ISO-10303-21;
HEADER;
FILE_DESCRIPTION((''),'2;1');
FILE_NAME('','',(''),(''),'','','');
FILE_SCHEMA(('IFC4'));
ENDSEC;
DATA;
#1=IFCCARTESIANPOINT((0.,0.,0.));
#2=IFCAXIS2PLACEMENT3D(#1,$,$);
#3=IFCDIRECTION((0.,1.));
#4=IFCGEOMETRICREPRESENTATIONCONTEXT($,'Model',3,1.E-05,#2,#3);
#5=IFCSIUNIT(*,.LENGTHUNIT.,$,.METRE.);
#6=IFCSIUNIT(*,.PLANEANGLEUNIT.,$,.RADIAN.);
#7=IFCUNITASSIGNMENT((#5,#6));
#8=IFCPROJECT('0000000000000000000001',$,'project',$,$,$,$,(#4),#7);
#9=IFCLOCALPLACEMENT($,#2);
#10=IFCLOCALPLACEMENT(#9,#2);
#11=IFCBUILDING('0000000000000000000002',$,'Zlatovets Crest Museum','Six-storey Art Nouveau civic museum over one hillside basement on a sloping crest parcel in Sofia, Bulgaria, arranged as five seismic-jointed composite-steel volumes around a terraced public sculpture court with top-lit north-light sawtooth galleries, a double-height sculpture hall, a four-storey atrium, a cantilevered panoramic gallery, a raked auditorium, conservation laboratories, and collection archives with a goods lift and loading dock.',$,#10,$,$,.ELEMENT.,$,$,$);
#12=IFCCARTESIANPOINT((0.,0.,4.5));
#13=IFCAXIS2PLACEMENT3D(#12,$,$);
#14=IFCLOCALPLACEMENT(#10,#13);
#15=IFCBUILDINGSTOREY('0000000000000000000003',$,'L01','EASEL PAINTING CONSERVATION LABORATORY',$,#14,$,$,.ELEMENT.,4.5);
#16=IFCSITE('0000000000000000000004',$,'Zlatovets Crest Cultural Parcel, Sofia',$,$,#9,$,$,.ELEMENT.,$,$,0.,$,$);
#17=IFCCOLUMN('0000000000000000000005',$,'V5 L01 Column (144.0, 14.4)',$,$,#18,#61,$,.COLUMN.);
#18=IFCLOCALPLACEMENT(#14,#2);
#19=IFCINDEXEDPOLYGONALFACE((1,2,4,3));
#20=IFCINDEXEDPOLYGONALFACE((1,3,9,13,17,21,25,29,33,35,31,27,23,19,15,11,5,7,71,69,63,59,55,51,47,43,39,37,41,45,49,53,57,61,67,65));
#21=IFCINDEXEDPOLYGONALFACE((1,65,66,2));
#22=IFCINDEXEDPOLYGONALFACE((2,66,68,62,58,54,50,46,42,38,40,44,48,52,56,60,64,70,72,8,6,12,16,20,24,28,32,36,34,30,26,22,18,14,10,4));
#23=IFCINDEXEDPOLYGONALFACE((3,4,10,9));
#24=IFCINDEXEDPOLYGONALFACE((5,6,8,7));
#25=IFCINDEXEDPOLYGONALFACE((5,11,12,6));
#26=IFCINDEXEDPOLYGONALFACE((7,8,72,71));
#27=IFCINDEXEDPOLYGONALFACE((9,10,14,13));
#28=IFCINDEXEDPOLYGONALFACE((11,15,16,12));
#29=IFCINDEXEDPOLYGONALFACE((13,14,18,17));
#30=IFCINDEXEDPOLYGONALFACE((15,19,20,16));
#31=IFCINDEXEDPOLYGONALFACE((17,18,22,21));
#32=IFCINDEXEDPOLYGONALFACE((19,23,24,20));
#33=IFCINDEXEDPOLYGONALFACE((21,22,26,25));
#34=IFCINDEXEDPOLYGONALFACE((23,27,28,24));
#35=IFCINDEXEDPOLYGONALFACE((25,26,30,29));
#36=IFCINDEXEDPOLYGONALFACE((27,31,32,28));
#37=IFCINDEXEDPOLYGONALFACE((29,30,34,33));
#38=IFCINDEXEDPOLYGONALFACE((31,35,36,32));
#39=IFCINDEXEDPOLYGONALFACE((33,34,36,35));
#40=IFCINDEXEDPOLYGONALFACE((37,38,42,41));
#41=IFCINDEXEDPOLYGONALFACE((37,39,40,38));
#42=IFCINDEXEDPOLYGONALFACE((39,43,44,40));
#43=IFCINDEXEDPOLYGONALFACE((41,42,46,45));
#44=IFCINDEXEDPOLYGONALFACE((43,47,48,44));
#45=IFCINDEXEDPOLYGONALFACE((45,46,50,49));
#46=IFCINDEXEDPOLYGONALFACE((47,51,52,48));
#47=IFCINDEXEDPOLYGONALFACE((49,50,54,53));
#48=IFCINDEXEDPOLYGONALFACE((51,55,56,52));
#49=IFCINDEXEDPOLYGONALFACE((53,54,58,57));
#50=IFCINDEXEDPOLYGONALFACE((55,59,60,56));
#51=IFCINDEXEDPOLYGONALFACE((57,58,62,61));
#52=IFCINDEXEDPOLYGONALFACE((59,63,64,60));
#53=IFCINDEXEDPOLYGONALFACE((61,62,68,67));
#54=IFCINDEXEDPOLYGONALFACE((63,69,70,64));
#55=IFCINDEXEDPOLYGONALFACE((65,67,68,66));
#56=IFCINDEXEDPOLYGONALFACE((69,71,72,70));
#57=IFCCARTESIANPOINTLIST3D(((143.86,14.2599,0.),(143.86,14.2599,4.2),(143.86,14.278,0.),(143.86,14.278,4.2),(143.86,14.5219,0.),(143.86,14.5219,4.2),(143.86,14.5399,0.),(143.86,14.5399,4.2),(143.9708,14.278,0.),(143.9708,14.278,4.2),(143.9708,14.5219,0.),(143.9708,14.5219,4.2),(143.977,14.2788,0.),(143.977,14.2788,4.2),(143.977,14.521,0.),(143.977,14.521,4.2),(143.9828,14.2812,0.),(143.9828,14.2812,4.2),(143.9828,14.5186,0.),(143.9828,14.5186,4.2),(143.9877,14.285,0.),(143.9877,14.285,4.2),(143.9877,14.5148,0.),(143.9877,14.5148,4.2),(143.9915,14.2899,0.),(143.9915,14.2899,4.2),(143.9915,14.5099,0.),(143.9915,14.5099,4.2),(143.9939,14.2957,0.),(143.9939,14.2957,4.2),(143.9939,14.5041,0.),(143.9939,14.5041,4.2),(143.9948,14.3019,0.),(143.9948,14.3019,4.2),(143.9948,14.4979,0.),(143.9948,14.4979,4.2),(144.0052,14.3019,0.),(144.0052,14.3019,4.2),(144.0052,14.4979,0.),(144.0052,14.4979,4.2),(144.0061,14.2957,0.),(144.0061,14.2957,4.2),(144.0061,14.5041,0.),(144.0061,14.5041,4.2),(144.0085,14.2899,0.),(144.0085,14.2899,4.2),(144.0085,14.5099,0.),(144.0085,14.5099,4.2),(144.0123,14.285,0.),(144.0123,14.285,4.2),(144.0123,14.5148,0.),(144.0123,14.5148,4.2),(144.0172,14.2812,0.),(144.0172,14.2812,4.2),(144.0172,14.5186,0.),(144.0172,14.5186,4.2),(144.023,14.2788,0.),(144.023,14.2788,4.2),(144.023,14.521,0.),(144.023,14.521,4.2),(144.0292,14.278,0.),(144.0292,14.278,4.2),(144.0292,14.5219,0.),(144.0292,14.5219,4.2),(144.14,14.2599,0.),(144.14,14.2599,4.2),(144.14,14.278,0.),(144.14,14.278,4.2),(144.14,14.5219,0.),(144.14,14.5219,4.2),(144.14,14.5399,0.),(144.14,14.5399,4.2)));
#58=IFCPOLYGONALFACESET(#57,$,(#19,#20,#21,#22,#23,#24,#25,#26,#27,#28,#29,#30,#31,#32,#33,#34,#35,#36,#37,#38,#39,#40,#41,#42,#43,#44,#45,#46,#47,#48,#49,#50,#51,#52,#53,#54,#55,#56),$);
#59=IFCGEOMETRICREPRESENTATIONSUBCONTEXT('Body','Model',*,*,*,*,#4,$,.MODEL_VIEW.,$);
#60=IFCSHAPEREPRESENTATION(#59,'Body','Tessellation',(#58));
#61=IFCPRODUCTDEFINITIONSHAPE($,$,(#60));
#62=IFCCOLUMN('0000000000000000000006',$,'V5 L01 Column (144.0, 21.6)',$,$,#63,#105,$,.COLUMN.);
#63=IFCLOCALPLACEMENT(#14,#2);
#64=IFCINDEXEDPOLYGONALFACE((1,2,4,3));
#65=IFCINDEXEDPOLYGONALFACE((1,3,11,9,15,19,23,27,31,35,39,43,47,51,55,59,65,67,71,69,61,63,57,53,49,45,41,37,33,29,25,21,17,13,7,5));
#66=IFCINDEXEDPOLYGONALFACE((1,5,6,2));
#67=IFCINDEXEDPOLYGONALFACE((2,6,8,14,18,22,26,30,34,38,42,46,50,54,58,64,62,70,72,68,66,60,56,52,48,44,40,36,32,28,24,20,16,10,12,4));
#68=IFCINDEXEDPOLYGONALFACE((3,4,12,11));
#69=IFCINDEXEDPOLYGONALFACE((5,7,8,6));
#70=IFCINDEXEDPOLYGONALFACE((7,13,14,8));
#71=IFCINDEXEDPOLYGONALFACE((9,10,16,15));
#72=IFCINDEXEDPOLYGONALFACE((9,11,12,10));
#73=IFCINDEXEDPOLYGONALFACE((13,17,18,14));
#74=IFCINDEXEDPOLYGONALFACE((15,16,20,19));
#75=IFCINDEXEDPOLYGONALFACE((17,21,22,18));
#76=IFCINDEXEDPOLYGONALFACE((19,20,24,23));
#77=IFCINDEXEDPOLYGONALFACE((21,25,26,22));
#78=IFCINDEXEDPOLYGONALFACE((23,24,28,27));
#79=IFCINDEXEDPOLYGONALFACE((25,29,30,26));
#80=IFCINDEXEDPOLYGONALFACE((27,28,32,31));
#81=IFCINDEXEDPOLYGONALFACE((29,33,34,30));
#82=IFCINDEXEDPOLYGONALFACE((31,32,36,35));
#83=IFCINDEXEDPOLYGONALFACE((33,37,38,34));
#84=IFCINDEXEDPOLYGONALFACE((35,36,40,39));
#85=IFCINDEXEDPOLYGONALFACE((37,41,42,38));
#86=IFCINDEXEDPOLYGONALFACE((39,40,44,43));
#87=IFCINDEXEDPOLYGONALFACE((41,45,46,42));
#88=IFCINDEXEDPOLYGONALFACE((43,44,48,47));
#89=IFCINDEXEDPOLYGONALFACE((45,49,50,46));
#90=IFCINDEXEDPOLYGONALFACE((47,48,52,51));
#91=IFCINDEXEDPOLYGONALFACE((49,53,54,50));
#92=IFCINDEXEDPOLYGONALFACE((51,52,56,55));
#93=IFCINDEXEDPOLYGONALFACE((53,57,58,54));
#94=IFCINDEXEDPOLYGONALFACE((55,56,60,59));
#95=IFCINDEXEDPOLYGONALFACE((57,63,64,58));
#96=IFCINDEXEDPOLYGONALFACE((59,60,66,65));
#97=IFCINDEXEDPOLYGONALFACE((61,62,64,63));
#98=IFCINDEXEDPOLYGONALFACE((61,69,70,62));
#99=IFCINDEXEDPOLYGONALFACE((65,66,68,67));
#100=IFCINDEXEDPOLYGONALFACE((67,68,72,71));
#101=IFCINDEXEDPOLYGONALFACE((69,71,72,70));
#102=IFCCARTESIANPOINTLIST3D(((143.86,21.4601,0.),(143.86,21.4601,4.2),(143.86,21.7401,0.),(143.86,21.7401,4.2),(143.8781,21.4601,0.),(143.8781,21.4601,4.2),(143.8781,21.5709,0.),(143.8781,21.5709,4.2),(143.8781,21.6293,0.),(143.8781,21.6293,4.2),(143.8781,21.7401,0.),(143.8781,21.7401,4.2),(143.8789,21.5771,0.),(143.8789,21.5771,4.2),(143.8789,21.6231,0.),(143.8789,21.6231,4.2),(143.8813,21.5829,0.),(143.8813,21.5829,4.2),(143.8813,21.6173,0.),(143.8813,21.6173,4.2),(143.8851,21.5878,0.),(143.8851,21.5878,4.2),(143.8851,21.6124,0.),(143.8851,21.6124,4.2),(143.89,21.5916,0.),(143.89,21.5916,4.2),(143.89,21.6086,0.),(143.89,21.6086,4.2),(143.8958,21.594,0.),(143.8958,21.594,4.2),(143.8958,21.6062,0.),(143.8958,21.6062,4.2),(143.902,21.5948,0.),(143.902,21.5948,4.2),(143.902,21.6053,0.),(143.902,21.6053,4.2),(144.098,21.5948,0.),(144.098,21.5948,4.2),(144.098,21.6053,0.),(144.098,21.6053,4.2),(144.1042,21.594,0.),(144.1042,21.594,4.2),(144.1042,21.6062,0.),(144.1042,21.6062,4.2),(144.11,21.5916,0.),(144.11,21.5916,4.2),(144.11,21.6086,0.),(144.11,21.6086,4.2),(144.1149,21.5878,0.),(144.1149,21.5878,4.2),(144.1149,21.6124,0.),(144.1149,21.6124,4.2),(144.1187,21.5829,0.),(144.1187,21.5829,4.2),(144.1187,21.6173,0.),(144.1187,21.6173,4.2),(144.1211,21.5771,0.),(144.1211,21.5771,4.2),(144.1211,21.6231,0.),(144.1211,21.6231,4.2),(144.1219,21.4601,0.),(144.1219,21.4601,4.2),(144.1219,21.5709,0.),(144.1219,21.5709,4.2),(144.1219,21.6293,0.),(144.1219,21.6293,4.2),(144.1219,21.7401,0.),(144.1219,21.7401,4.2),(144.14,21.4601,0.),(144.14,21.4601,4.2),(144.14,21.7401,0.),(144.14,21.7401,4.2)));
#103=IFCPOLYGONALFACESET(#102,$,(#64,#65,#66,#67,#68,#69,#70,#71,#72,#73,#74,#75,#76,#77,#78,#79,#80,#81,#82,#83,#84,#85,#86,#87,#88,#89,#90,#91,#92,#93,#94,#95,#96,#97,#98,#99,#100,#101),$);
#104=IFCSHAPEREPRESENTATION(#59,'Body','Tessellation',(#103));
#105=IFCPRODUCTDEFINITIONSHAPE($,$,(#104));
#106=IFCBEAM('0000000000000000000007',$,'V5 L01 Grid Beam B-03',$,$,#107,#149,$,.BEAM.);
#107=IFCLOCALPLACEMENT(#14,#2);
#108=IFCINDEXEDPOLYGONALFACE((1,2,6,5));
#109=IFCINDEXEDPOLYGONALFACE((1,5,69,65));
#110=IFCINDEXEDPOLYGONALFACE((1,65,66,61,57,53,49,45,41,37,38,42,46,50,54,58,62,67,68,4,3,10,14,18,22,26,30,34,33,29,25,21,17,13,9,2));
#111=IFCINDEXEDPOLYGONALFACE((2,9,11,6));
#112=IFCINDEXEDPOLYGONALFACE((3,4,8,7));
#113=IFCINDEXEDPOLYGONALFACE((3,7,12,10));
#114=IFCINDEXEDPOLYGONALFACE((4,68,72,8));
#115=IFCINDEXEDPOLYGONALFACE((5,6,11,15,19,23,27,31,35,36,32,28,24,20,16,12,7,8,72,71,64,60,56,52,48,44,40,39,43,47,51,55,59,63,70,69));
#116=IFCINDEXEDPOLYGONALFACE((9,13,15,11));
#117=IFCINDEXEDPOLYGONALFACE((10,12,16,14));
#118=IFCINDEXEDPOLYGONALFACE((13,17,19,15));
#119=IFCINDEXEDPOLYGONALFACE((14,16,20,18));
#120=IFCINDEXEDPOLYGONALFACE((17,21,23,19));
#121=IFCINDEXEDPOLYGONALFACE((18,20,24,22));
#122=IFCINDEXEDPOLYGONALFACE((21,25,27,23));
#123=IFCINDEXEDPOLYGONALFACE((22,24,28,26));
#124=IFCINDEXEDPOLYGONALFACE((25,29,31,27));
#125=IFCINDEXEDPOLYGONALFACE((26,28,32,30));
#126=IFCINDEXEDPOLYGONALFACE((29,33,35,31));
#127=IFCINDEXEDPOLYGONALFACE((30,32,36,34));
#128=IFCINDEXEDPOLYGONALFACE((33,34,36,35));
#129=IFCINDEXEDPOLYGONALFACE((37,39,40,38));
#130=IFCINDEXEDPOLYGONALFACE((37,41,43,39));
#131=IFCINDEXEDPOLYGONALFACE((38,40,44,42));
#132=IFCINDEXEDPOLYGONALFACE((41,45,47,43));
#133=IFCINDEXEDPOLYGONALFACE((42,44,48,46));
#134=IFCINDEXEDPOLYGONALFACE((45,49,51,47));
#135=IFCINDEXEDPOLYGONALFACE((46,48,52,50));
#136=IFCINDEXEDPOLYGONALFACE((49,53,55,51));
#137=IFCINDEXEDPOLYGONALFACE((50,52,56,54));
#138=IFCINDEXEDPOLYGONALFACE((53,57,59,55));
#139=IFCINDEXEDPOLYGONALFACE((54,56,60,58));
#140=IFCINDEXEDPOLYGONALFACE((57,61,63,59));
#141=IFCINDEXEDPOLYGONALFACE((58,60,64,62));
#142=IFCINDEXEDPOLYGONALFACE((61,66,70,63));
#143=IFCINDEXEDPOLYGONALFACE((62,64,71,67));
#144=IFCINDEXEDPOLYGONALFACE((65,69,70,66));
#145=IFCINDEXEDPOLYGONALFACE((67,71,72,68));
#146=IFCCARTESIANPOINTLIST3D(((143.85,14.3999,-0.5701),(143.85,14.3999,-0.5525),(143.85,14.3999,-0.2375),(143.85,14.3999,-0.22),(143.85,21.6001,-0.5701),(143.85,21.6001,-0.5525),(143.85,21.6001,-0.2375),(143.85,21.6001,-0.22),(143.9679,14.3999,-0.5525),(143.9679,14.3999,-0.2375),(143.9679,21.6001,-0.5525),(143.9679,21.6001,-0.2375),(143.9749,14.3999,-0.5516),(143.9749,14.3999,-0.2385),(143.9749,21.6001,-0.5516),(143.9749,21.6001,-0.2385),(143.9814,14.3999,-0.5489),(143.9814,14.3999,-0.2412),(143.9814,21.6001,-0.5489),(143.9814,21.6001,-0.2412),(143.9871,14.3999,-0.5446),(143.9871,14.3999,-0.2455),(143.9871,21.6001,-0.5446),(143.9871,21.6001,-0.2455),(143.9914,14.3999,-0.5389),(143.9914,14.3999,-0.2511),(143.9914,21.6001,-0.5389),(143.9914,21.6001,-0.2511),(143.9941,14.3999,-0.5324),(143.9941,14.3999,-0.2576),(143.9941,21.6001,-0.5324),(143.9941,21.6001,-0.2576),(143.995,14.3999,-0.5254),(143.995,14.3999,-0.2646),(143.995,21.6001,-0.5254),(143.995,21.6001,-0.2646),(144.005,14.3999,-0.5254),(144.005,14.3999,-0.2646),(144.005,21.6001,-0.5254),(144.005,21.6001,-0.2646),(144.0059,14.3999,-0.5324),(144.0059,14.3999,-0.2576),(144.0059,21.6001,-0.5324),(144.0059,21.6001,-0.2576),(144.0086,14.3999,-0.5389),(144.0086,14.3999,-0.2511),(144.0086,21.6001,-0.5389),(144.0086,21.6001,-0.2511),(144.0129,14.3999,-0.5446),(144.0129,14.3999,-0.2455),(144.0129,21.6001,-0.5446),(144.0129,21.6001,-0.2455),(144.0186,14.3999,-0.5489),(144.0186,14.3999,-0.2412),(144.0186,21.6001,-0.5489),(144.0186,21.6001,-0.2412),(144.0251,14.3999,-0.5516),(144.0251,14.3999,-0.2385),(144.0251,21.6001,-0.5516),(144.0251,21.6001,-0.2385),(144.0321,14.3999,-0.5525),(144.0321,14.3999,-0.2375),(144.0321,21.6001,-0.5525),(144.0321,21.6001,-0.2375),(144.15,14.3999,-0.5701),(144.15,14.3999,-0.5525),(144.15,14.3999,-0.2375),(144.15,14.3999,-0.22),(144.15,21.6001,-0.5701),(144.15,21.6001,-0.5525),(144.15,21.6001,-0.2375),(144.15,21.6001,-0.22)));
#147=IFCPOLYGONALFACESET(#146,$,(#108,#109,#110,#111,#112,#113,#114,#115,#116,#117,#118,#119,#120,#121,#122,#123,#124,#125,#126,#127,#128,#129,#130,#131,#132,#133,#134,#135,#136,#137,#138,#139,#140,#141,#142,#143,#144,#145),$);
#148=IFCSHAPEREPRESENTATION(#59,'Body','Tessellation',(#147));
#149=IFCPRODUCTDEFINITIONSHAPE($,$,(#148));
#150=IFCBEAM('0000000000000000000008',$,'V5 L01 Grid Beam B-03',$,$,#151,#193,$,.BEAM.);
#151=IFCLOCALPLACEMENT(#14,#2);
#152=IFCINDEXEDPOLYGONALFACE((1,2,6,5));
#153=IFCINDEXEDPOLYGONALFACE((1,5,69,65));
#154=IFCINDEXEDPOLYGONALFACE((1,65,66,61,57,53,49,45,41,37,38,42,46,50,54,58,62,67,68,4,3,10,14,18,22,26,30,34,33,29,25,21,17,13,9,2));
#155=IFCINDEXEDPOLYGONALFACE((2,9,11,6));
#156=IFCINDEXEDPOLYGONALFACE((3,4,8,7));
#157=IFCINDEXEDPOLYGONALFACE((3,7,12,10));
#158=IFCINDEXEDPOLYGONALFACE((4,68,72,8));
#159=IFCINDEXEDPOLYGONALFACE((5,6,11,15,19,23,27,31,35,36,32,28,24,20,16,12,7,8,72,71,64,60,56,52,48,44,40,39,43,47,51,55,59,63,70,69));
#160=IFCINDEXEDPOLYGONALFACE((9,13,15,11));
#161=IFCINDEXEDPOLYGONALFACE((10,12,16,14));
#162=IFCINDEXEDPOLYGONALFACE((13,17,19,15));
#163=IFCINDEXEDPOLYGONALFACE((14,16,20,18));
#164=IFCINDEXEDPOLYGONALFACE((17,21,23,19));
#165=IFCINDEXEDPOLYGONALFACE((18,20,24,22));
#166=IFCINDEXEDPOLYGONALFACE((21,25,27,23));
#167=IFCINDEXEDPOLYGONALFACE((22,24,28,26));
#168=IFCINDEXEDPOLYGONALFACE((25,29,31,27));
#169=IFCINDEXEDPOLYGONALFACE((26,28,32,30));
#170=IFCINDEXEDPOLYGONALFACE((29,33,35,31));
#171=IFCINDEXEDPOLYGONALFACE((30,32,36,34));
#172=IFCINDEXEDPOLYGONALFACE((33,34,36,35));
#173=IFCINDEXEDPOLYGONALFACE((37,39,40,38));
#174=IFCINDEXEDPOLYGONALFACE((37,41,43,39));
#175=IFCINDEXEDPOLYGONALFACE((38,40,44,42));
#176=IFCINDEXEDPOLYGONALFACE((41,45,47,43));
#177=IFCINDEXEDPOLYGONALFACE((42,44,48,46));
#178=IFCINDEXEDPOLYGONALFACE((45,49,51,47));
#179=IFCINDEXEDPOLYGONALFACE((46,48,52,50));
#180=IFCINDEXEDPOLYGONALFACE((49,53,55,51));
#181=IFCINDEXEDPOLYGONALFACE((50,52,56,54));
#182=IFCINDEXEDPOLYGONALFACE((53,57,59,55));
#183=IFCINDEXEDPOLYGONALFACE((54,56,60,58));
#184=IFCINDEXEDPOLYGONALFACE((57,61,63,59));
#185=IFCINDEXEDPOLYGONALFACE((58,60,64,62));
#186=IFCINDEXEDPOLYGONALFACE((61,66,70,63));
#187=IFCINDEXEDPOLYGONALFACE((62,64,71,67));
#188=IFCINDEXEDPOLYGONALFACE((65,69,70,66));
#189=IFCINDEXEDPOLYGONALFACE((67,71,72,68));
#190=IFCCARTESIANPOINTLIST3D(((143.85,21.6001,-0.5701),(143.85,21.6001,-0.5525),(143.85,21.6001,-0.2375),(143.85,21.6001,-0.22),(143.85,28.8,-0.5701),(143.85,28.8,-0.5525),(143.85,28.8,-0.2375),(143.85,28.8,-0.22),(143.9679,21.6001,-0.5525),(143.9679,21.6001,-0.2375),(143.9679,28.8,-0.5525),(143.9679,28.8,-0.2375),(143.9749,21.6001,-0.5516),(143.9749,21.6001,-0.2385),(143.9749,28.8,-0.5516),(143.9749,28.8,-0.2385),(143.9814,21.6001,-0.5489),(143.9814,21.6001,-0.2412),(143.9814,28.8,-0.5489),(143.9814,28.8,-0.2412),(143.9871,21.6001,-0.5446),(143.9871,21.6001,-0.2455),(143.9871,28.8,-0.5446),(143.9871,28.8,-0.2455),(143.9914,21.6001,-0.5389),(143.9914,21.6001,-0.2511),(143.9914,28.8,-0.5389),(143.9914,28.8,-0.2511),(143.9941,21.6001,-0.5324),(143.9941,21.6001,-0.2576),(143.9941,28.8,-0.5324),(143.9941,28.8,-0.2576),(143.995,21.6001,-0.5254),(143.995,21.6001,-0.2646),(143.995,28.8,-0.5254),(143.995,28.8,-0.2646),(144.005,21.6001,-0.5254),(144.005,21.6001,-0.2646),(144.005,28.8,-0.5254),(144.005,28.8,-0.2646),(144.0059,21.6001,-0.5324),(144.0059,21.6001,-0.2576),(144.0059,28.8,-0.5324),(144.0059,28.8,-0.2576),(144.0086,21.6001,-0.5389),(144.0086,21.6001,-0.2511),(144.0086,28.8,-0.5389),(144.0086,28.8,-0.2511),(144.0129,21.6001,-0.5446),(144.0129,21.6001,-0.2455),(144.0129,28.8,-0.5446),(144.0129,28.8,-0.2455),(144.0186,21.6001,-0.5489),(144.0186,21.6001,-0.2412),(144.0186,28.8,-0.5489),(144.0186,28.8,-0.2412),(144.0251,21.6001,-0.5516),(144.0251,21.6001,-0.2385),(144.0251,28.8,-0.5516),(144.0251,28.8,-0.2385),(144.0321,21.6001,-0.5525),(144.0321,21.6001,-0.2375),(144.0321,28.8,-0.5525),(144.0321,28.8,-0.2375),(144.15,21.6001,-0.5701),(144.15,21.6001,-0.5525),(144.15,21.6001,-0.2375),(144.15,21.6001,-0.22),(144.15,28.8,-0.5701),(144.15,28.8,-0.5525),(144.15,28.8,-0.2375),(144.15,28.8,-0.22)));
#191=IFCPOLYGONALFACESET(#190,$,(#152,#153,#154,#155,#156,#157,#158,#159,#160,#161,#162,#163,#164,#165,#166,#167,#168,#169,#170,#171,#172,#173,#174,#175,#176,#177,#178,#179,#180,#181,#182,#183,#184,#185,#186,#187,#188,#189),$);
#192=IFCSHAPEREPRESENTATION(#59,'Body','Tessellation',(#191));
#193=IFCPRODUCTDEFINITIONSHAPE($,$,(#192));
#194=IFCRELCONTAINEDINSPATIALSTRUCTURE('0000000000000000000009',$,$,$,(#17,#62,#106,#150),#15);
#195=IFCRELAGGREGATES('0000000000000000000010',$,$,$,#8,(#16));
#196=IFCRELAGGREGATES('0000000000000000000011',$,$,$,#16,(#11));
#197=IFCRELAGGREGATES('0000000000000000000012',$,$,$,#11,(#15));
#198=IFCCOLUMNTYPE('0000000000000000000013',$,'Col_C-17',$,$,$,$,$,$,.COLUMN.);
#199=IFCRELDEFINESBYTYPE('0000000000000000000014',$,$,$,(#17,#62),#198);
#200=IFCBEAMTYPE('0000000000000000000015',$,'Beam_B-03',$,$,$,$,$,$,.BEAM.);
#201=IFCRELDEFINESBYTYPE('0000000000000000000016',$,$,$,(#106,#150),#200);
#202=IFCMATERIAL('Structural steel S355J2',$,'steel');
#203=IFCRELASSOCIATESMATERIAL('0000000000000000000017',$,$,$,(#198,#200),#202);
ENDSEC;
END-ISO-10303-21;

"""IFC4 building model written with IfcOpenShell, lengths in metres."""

from ifc_helpers import new_model, si_unit, direction, frame, origin, origin_2d, place, context, subcontext, project, spatial, i_section, extrude, material, material_profile, profile_set, type_object, element, save


model = new_model("IFC4")

# Units and contexts
model_context = context("Model", 3, precision=1e-05, world=origin(), true_north=direction((0.0, 1.0)))
body_context = subcontext(model_context, "Body", "Model", "MODEL_VIEW")
ifc_project = project(units=[si_unit("LENGTHUNIT", "METRE"), si_unit("PLANEANGLEUNIT", "RADIAN")], contexts=[model_context])

# Site, building, storey
site_placement = place(None, origin())
site = spatial("IfcSite", under=ifc_project, at=site_placement, Name="Zlatovets Crest Cultural Parcel, Sofia", CompositionType="ELEMENT", RefElevation=0.0)
building_placement = place(site_placement, origin())
building = spatial("IfcBuilding", under=site, at=building_placement, Name="Zlatovets Crest Museum", Description="Six-storey Art Nouveau civic museum over one hillside basement on a sloping crest parcel in Sofia, Bulgaria, arranged as five seismic-jointed composite-steel volumes around a terraced public sculpture court with top-lit north-light sawtooth galleries, a double-height sculpture hall, a four-storey atrium, a cantilevered panoramic gallery, a raked auditorium, conservation laboratories, and collection archives with a goods lift and loading dock.", CompositionType="ELEMENT")
storey_placement = place(building_placement, frame((0.0, 0.0, 4.5)))
storey = spatial("IfcBuildingStorey", under=building, at=storey_placement, Name="L01", Description="EASEL PAINTING CONSERVATION LABORATORY", CompositionType="ELEMENT", Elevation=4.5)

# Columns
ifc_material_1 = material(Name="Structural steel S355J2", Category="steel")
ifc_material_profile_1 = material_profile(ifc_material_1, i_section(OverallWidth=0.28, OverallDepth=0.28, WebThickness=0.0105, FlangeThickness=0.0181, FilletRadius=0.0239, at=origin_2d()), Name="HEB 280")
ifc_profile_set_1 = profile_set([ifc_material_profile_1], Name="Structural steel S355J2")
column_type = type_object("IfcColumnType", Name="Col_C-17", PredefinedType="COLUMN", material=ifc_profile_set_1)
for number, where, z_axis, x_axis, name in (
    (1, (144.0, 14.3999, 0.0), (0.0, 0.0, 1.0), (1.0, 0.0, 0.0), "V5 L01 Column (144.0, 14.4)"),
    (2, (144.0, 21.6001, 0.0), (0.0, 0.0, 1.0), (0.0, 1.0, 0.0), "V5 L01 Column (144.0, 21.6)"),
):
    element("IfcColumn", number, at=place(storey_placement, frame(where, z_axis=z_axis, x_axis=x_axis)), inside=storey, type_object=column_type, Name=name, PredefinedType="COLUMN", context=body_context, shape_type="SweptSolid", body=[
        extrude(i_section(OverallWidth=0.28, OverallDepth=0.28, WebThickness=0.0105, FlangeThickness=0.0181, FilletRadius=0.0239, at=origin_2d()), origin(), (0.0, 0.0, 1.0), 4.2),
    ])

# Beams
ifc_material_profile_2 = material_profile(ifc_material_1, i_section(OverallWidth=0.3, OverallDepth=0.3501, WebThickness=0.01, FlangeThickness=0.0176, FilletRadius=0.0271, at=origin_2d()), Name="HEA 360")
ifc_profile_set_2 = profile_set([ifc_material_profile_2], Name="Structural steel S355J2")
beam_type_1 = type_object("IfcBeamType", Name="Beam_B-03", PredefinedType="BEAM", material=ifc_profile_set_2)
beam_1_placement = place(storey_placement, frame((144.0, 14.3999, -0.395), z_axis=(0.0, 1.0, 0.0), x_axis=(-1.0, 0.0, 0.0)))
element("IfcBeam", 3, at=beam_1_placement, inside=storey, type_object=beam_type_1, Name="V5 L01 Grid Beam B-03", PredefinedType="BEAM", context=body_context, shape_type="SweptSolid", body=[
    extrude(i_section(OverallWidth=0.3, OverallDepth=0.3501, WebThickness=0.01, FlangeThickness=0.0176, FilletRadius=0.0271, at=origin_2d()), origin(), (0.0, 0.0, 1.0), 7.2002),
])
beam_2_placement = place(storey_placement, frame((144.0, 21.6001, -0.395), z_axis=(0.0, 1.0, 0.0), x_axis=(-1.0, 0.0, 0.0)))
element("IfcBeam", 4, at=beam_2_placement, inside=storey, type_object=beam_type_1, Name="V5 L01 Grid Beam B-03", PredefinedType="BEAM", context=body_context, shape_type="SweptSolid", body=[
    extrude(i_section(OverallWidth=0.3, OverallDepth=0.3501, WebThickness=0.01, FlangeThickness=0.0176, FilletRadius=0.0271, at=origin_2d()), origin(), (0.0, 0.0, 1.0), 7.2),
])

save(model, "model.ifc")
